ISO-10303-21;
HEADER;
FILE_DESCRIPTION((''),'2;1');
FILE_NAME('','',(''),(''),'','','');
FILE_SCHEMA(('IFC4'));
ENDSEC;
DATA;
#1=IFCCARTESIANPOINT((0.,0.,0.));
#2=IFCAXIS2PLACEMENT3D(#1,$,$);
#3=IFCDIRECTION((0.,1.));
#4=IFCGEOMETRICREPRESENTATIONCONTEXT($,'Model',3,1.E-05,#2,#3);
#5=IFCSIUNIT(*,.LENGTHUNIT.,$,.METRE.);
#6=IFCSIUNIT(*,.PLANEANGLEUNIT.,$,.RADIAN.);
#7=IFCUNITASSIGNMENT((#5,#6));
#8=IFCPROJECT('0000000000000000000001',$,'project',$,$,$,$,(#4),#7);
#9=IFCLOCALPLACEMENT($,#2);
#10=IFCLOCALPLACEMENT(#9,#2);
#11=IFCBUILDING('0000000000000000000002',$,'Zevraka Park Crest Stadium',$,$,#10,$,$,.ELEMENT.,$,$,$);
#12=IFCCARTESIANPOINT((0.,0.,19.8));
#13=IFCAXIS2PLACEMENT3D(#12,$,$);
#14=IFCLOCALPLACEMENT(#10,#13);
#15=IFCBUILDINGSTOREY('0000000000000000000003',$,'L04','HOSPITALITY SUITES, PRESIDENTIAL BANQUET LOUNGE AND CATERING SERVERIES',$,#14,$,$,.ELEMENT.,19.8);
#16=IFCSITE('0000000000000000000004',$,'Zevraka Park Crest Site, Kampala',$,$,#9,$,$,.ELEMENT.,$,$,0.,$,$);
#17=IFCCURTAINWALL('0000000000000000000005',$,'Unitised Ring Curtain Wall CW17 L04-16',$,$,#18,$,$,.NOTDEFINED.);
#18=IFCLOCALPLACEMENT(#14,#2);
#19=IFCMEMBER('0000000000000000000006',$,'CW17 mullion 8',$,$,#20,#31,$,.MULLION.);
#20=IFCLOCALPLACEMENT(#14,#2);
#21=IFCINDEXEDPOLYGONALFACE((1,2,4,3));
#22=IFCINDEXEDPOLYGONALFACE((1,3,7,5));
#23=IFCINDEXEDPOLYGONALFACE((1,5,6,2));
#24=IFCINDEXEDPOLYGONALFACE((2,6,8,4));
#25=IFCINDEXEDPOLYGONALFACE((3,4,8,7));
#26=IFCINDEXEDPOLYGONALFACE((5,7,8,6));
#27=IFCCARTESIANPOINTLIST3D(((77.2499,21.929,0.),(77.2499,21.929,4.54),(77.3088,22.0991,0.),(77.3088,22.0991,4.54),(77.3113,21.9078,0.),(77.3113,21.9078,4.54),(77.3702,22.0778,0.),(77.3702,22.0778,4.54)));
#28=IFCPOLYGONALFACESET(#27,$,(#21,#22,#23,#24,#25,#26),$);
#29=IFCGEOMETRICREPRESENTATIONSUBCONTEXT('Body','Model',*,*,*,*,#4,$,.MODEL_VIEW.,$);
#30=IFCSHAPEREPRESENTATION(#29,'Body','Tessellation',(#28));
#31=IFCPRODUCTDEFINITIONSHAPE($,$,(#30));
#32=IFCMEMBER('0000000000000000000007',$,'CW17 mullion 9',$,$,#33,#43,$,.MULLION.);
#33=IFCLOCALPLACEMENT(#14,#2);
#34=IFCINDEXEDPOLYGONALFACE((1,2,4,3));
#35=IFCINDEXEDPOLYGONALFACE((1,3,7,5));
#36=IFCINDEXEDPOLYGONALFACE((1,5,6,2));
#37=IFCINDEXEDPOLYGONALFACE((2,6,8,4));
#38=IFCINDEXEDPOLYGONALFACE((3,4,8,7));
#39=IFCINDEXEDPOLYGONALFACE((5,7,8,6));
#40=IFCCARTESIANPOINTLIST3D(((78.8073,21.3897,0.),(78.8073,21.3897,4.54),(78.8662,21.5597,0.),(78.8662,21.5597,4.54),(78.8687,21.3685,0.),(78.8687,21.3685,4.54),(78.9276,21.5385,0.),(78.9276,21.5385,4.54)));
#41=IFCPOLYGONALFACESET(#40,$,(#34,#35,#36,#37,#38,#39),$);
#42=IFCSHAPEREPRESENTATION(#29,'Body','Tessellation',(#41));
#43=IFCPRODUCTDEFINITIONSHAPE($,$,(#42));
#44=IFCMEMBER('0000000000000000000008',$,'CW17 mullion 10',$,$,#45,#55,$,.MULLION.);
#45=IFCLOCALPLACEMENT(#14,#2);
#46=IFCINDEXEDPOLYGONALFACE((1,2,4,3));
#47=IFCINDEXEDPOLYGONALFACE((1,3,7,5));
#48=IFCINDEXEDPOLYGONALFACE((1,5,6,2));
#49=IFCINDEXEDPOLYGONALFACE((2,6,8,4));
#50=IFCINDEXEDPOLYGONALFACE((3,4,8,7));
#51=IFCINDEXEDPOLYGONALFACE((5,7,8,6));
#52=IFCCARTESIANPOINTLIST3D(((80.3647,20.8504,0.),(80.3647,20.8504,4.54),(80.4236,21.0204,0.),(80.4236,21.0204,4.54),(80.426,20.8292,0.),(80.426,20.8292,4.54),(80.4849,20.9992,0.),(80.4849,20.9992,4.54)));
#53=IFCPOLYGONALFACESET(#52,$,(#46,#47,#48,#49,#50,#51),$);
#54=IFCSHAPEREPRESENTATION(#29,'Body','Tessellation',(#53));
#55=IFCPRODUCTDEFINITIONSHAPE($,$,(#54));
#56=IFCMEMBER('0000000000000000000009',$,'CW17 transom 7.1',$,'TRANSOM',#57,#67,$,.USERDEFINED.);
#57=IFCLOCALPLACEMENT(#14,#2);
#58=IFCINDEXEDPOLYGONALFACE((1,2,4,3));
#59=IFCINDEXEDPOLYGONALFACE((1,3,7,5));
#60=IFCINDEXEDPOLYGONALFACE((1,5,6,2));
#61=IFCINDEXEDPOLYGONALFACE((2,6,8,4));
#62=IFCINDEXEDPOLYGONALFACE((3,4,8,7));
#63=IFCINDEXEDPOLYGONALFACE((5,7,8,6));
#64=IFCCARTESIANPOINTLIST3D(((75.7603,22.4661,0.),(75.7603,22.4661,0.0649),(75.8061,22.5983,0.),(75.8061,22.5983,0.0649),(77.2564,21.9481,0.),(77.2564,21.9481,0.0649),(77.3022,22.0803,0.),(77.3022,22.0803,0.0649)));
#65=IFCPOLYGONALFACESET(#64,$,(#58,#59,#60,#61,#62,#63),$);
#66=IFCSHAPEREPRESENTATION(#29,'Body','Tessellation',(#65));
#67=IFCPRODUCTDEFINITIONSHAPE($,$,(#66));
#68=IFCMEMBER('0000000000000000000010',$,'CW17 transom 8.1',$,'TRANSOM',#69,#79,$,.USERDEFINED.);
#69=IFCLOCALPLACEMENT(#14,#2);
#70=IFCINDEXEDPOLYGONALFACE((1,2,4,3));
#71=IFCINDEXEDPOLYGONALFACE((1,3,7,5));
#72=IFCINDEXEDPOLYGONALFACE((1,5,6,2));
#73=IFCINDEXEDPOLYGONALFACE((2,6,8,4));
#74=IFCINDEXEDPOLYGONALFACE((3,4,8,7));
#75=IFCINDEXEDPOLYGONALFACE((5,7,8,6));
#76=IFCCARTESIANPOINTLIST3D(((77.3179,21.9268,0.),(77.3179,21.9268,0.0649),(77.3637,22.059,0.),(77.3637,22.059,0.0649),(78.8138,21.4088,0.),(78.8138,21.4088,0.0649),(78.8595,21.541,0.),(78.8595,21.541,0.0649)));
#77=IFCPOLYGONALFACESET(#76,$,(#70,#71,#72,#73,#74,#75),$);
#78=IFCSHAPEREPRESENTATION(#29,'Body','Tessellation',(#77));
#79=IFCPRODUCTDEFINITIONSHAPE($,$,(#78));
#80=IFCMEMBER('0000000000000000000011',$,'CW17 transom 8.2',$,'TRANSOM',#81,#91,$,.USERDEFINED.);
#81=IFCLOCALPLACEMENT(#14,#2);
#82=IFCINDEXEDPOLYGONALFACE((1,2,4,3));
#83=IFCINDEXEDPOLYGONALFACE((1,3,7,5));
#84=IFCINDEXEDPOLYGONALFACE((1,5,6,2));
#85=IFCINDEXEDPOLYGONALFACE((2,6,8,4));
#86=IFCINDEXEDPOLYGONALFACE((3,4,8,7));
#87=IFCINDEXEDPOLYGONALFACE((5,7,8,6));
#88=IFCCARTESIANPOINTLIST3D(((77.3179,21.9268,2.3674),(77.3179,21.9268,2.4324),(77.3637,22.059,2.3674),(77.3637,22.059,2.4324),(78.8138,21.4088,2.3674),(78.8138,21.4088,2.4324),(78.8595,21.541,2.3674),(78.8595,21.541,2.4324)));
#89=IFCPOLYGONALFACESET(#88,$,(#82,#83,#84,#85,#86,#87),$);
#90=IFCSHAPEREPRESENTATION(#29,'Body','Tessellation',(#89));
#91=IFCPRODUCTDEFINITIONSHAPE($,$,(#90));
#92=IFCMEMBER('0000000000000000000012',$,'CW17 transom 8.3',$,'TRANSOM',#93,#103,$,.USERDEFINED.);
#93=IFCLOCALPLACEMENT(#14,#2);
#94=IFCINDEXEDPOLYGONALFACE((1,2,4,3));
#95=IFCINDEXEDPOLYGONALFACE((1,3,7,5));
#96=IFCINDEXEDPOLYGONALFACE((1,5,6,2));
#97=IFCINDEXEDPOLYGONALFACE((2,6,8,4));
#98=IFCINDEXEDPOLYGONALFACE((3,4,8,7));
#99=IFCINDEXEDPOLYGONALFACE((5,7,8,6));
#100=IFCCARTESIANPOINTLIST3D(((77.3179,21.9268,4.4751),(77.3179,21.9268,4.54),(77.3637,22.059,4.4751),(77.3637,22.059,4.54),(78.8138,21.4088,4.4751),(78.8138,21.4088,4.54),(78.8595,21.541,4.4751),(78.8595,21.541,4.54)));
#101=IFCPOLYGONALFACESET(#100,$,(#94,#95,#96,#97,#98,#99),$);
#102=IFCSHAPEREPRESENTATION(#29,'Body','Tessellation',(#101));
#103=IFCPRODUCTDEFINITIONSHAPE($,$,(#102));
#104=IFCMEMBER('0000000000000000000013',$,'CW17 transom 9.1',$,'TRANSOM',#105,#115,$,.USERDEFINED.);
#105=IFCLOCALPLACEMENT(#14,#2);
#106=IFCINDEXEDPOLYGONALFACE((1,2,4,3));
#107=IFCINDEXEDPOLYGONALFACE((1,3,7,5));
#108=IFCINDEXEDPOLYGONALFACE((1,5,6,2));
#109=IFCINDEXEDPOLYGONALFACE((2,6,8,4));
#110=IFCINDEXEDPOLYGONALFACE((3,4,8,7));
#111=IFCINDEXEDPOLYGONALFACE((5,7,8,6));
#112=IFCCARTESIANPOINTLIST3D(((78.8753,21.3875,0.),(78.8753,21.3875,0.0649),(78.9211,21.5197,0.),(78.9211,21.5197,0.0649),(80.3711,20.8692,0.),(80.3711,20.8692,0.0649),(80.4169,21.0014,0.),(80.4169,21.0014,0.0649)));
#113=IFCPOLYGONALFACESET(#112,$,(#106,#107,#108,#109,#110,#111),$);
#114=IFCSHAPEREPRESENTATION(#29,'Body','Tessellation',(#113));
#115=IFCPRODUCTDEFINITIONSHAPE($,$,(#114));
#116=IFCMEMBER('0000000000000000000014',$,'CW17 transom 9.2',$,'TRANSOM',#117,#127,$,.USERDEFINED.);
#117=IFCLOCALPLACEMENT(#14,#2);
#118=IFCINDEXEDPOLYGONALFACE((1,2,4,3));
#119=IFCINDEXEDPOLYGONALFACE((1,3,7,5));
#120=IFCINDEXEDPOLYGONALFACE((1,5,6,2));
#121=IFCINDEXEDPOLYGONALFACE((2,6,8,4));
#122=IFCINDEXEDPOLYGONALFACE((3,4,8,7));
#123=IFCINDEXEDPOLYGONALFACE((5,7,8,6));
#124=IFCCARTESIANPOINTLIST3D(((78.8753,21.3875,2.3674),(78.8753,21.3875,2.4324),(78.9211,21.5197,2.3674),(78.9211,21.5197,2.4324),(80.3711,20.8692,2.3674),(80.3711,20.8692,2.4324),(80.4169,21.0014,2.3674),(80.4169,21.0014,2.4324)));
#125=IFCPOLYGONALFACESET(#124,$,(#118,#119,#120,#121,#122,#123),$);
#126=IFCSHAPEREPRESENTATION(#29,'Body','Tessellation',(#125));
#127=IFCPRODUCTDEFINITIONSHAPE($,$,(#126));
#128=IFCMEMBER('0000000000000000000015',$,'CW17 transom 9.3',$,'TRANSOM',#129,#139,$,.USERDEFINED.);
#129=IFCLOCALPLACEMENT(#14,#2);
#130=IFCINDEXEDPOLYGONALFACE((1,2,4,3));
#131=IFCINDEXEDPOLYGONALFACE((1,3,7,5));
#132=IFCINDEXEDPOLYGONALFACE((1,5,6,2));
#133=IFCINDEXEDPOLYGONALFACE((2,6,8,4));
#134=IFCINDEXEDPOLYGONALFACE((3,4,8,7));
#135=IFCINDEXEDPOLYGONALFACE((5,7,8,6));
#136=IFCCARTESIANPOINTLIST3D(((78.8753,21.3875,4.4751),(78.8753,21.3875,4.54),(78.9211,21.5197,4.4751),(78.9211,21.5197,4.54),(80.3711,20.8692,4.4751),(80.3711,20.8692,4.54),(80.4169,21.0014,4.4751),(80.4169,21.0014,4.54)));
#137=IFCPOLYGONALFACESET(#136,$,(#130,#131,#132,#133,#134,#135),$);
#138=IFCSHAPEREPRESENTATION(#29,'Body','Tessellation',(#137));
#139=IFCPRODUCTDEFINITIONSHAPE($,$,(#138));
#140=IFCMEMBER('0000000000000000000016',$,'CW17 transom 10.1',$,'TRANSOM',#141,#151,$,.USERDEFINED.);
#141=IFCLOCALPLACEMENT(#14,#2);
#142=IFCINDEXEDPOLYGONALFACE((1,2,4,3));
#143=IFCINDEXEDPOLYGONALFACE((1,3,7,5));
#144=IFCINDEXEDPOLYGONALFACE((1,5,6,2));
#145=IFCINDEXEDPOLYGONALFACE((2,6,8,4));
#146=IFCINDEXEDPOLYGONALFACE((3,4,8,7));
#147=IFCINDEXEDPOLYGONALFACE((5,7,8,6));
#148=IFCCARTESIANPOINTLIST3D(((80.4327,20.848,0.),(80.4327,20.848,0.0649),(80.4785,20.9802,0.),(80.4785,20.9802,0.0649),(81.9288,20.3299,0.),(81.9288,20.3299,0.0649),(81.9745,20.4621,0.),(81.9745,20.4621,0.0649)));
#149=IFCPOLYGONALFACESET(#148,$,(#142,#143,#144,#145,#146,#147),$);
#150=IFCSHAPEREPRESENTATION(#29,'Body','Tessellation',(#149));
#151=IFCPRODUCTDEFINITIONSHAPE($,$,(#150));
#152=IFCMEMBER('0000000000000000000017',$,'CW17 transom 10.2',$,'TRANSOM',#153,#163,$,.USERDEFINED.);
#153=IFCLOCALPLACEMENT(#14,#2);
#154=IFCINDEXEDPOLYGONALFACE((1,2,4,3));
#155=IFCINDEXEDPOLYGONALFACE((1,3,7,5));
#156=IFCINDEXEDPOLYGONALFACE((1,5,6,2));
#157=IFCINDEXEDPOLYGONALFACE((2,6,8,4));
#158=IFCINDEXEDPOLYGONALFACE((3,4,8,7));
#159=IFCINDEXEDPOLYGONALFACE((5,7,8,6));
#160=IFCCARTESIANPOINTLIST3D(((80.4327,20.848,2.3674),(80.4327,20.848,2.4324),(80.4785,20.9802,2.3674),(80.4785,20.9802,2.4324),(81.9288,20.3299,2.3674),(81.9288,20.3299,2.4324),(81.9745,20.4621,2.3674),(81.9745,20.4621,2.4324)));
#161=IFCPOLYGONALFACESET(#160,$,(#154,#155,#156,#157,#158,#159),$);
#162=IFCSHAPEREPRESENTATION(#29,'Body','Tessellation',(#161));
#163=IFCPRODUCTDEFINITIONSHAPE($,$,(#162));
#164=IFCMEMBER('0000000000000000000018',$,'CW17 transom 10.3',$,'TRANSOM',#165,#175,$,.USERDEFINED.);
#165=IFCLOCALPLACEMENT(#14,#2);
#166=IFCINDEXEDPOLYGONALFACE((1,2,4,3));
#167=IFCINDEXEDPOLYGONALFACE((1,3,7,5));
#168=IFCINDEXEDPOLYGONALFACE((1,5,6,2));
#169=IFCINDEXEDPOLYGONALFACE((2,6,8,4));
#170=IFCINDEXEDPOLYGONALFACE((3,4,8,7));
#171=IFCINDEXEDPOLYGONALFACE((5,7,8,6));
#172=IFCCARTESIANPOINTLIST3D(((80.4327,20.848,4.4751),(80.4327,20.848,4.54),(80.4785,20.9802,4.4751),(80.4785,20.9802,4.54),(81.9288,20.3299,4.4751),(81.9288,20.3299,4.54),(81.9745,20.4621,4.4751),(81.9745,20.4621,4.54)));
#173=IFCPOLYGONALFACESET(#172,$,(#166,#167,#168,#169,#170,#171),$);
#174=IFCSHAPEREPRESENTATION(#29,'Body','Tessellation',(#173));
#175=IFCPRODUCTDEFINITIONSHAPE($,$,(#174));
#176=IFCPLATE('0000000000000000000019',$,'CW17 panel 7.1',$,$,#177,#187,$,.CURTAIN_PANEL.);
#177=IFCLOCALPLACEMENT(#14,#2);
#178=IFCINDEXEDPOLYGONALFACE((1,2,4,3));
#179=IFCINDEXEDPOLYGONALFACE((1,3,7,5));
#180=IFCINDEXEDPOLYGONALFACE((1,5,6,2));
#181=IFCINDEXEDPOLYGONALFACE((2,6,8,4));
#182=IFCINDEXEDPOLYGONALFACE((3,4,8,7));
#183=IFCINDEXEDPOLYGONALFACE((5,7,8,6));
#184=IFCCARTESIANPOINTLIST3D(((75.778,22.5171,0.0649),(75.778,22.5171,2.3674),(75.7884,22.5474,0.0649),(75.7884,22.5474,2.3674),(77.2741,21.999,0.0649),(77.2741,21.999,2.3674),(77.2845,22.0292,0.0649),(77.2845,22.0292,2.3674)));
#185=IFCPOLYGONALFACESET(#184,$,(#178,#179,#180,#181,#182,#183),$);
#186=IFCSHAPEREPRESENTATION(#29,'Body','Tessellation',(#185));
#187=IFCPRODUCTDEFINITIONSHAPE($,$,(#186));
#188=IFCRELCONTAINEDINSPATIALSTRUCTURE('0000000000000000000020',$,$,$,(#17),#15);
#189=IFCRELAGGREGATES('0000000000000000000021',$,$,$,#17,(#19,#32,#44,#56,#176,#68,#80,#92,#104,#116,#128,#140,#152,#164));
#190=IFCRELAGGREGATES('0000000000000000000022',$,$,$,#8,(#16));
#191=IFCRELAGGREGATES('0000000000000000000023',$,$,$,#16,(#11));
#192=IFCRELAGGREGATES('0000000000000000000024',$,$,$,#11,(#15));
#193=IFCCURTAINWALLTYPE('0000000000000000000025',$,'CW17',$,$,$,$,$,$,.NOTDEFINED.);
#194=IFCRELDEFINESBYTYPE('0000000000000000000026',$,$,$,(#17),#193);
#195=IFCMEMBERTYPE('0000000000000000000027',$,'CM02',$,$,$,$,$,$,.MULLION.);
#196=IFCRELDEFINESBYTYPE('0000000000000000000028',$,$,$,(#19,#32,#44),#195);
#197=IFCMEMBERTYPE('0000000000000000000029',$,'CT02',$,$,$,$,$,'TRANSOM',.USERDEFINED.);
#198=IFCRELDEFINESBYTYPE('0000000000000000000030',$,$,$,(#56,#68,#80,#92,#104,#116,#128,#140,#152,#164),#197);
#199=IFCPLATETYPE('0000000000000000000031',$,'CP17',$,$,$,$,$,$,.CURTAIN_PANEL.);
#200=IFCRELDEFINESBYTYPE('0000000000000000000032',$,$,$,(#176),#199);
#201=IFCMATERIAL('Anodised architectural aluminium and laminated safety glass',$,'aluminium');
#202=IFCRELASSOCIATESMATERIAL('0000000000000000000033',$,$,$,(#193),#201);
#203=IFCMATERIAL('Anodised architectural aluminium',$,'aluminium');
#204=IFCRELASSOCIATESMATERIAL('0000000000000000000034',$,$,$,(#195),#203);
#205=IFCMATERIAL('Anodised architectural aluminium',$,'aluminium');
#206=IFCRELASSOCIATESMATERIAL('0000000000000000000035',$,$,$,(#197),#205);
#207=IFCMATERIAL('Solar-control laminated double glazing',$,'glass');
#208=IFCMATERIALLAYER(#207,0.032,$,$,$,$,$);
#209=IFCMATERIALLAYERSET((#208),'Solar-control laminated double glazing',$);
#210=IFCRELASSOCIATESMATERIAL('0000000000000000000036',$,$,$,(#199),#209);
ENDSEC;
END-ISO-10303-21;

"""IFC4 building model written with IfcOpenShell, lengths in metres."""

from ifc_helpers import new_model, si_unit, direction, frame, origin, origin_2d, place, context, subcontext, project, spatial, rectangle, extrude, material, layer, layer_set, material_profile, profile_set, type_object, element, aggregate, save


model = new_model("IFC4")

# Units and contexts
model_context = context("Model", 3, precision=1e-05, world=origin(), true_north=direction((0.0, 1.0)))
body_context = subcontext(model_context, "Body", "Model", "MODEL_VIEW")
ifc_project = project(units=[si_unit("LENGTHUNIT", "METRE"), si_unit("PLANEANGLEUNIT", "RADIAN")], contexts=[model_context])

# Site, building, storey
site_placement = place(None, origin())
site = spatial("IfcSite", under=ifc_project, at=site_placement, Name="Zevraka Park Crest Site, Kampala", CompositionType="ELEMENT", RefElevation=0.0)
building_placement = place(site_placement, origin())
building = spatial("IfcBuilding", under=site, at=building_placement, Name="Zevraka Park Crest Stadium", CompositionType="ELEMENT")
storey_placement = place(building_placement, frame((0.0, 0.0, 19.8)))
storey = spatial("IfcBuildingStorey", under=building, at=storey_placement, Name="L04", Description="HOSPITALITY SUITES, PRESIDENTIAL BANQUET LOUNGE AND CATERING SERVERIES", CompositionType="ELEMENT", Elevation=19.8)

# Curtain wall, members, plate
ifc_material_1 = material(Name="Anodised architectural aluminium and laminated safety glass", Category="aluminium")
curtain_wall_type = type_object("IfcCurtainWallType", Name="CW17", PredefinedType="NOTDEFINED", material=ifc_material_1)
curtain_wall_placement = place(storey_placement, origin())
curtain_wall = element("IfcCurtainWall", 1, at=curtain_wall_placement, inside=storey, type_object=curtain_wall_type, Name="Unitised Ring Curtain Wall CW17 L04-16", PredefinedType="NOTDEFINED")
ifc_material_2 = material(Name="Anodised architectural aluminium", Category="aluminium")
ifc_material_profile_1 = material_profile(ifc_material_2, rectangle(XDim=0.1799, YDim=0.0649, at=origin_2d()), Name="ALU MULLION 180x65")
ifc_profile_set_1 = profile_set([ifc_material_profile_1], Name="Anodised architectural aluminium")
member_type_1 = type_object("IfcMemberType", Name="CM02", PredefinedType="MULLION", material=ifc_profile_set_1)
member_1_placement = place(storey_placement, frame((77.3101, 22.0034, 0.0), z_axis=(0.0, 0.0, 1.0), x_axis=(0.327245, 0.94494, 0.0)))
member_1 = element("IfcMember", 2, at=member_1_placement, type_object=member_type_1, Name="CW17 mullion 8", PredefinedType="MULLION", context=body_context, shape_type="SweptSolid", body=[
    extrude(rectangle(XDim=0.1799, YDim=0.0649, at=origin_2d()), origin(), (0.0, 0.0, 1.0), 4.54),
])
member_2_placement = place(storey_placement, frame((78.8674, 21.4641, 0.0), z_axis=(0.0, 0.0, 1.0), x_axis=(0.327245, 0.94494, 0.0)))
member_2 = element("IfcMember", 3, at=member_2_placement, type_object=member_type_1, Name="CW17 mullion 9", PredefinedType="MULLION", context=body_context, shape_type="SweptSolid", body=[
    extrude(rectangle(XDim=0.1799, YDim=0.0649, at=origin_2d()), origin(), (0.0, 0.0, 1.0), 4.54),
])
member_3_placement = place(storey_placement, frame((80.4248, 20.9248, 0.0), z_axis=(0.0, 0.0, 1.0), x_axis=(0.327245, 0.94494, 0.0)))
member_3 = element("IfcMember", 4, at=member_3_placement, type_object=member_type_1, Name="CW17 mullion 10", PredefinedType="MULLION", context=body_context, shape_type="SweptSolid", body=[
    extrude(rectangle(XDim=0.1799, YDim=0.0649, at=origin_2d()), origin(), (0.0, 0.0, 1.0), 4.54),
])
ifc_material_3 = material(Name="Anodised architectural aluminium", Category="aluminium")
ifc_material_profile_2 = material_profile(ifc_material_3, rectangle(XDim=0.1399, YDim=0.0649, at=origin_2d()), Name="ALU TRANSOM 140x65")
ifc_profile_set_2 = profile_set([ifc_material_profile_2], Name="Anodised architectural aluminium")
member_type_2 = type_object("IfcMemberType", Name="CT02", ElementType="TRANSOM", PredefinedType="USERDEFINED", material=ifc_profile_set_2)
member_4_placement = place(storey_placement, frame((75.7832, 22.5322, 0.0325), z_axis=(0.944949, -0.327216, 0.0), x_axis=(0.327216, 0.944949, 0.0)))
member_4 = element("IfcMember", 5, at=member_4_placement, type_object=member_type_2, Name="CW17 transom 7.1", ObjectType="TRANSOM", PredefinedType="USERDEFINED", context=body_context, shape_type="SweptSolid", body=[
    extrude(rectangle(XDim=0.1399, YDim=0.0649, at=origin_2d()), origin(), (0.0, 0.0, 1.0), 1.5833),
])
member_5_placement = place(storey_placement, frame((77.3408, 21.9929, 0.0325), z_axis=(0.944933, -0.327264, 0.0), x_axis=(0.327264, 0.944933, 0.0)))
member_5 = element("IfcMember", 6, at=member_5_placement, type_object=member_type_2, Name="CW17 transom 8.1", ObjectType="TRANSOM", PredefinedType="USERDEFINED", context=body_context, shape_type="SweptSolid", body=[
    extrude(rectangle(XDim=0.1399, YDim=0.0649, at=origin_2d()), origin(), (0.0, 0.0, 1.0), 1.583),
])
member_6_placement = place(storey_placement, frame((77.3408, 21.9929, 2.3999), z_axis=(0.944933, -0.327264, 0.0), x_axis=(0.327264, 0.944933, 0.0)))
member_6 = element("IfcMember", 7, at=member_6_placement, type_object=member_type_2, Name="CW17 transom 8.2", ObjectType="TRANSOM", PredefinedType="USERDEFINED", context=body_context, shape_type="SweptSolid", body=[
    extrude(rectangle(XDim=0.1399, YDim=0.0649, at=origin_2d()), origin(), (0.0, 0.0, 1.0), 1.583),
])
member_7_placement = place(storey_placement, frame((77.3408, 21.9929, 4.5076), z_axis=(0.944933, -0.327264, 0.0), x_axis=(0.327264, 0.944933, 0.0)))
member_7 = element("IfcMember", 8, at=member_7_placement, type_object=member_type_2, Name="CW17 transom 8.3", ObjectType="TRANSOM", PredefinedType="USERDEFINED", context=body_context, shape_type="SweptSolid", body=[
    extrude(rectangle(XDim=0.1399, YDim=0.0649, at=origin_2d()), origin(), (0.0, 0.0, 1.0), 1.583),
])
member_8_placement = place(storey_placement, frame((78.8982, 21.4536, 0.0325), z_axis=(0.944885, -0.327402, 0.0), x_axis=(0.327402, 0.944885, 0.0)))
member_8 = element("IfcMember", 9, at=member_8_placement, type_object=member_type_2, Name="CW17 transom 9.1", ObjectType="TRANSOM", PredefinedType="USERDEFINED", context=body_context, shape_type="SweptSolid", body=[
    extrude(rectangle(XDim=0.1399, YDim=0.0649, at=origin_2d()), origin(), (0.0, 0.0, 1.0), 1.583),
])
member_9_placement = place(storey_placement, frame((78.8982, 21.4536, 2.3999), z_axis=(0.944885, -0.327402, 0.0), x_axis=(0.327402, 0.944885, 0.0)))
member_9 = element("IfcMember", 10, at=member_9_placement, type_object=member_type_2, Name="CW17 transom 9.2", ObjectType="TRANSOM", PredefinedType="USERDEFINED", context=body_context, shape_type="SweptSolid", body=[
    extrude(rectangle(XDim=0.1399, YDim=0.0649, at=origin_2d()), origin(), (0.0, 0.0, 1.0), 1.583),
])
member_10_placement = place(storey_placement, frame((78.8982, 21.4536, 4.5076), z_axis=(0.944885, -0.327402, 0.0), x_axis=(0.327402, 0.944885, 0.0)))
member_10 = element("IfcMember", 11, at=member_10_placement, type_object=member_type_2, Name="CW17 transom 9.3", ObjectType="TRANSOM", PredefinedType="USERDEFINED", context=body_context, shape_type="SweptSolid", body=[
    extrude(rectangle(XDim=0.1399, YDim=0.0649, at=origin_2d()), origin(), (0.0, 0.0, 1.0), 1.583),
])
member_11_placement = place(storey_placement, frame((80.4556, 20.9141, 0.0325), z_axis=(0.944949, -0.327216, 0.0), x_axis=(0.327216, 0.944949, 0.0)))
member_11 = element("IfcMember", 12, at=member_11_placement, type_object=member_type_2, Name="CW17 transom 10.1", ObjectType="TRANSOM", PredefinedType="USERDEFINED", context=body_context, shape_type="SweptSolid", body=[
    extrude(rectangle(XDim=0.1399, YDim=0.0649, at=origin_2d()), origin(), (0.0, 0.0, 1.0), 1.5833),
])
member_12_placement = place(storey_placement, frame((80.4556, 20.9141, 2.3999), z_axis=(0.944949, -0.327216, 0.0), x_axis=(0.327216, 0.944949, 0.0)))
member_12 = element("IfcMember", 13, at=member_12_placement, type_object=member_type_2, Name="CW17 transom 10.2", ObjectType="TRANSOM", PredefinedType="USERDEFINED", context=body_context, shape_type="SweptSolid", body=[
    extrude(rectangle(XDim=0.1399, YDim=0.0649, at=origin_2d()), origin(), (0.0, 0.0, 1.0), 1.5833),
])
member_13_placement = place(storey_placement, frame((80.4556, 20.9141, 4.5076), z_axis=(0.944949, -0.327216, 0.0), x_axis=(0.327216, 0.944949, 0.0)))
member_13 = element("IfcMember", 14, at=member_13_placement, type_object=member_type_2, Name="CW17 transom 10.3", ObjectType="TRANSOM", PredefinedType="USERDEFINED", context=body_context, shape_type="SweptSolid", body=[
    extrude(rectangle(XDim=0.1399, YDim=0.0649, at=origin_2d()), origin(), (0.0, 0.0, 1.0), 1.5833),
])
ifc_material_4 = material(Name="Solar-control laminated double glazing", Category="glass")
ifc_layer_1 = layer(ifc_material_4, 0.032)
ifc_layer_set_1 = layer_set([ifc_layer_1], Name="Solar-control laminated double glazing")
plate_type = type_object("IfcPlateType", Name="CP17", PredefinedType="CURTAIN_PANEL", material=ifc_layer_set_1)
plate_1_placement = place(storey_placement, frame((76.5312, 22.2732, 0.0649), z_axis=(0.0, 0.0, 1.0), x_axis=(0.94494, -0.327245, 0.0)))
plate_1 = element("IfcPlate", 15, at=plate_1_placement, type_object=plate_type, Name="CW17 panel 7.1", PredefinedType="CURTAIN_PANEL", context=body_context, shape_type="SweptSolid", body=[
    extrude(rectangle(XDim=1.5833, YDim=0.032, at=origin_2d()), origin(), (0.0, 0.0, 1.0), 2.3025),
])
aggregate(curtain_wall, [member_1, member_2, member_3, member_4, plate_1, member_5, member_6, member_7, member_8, member_9, member_10, member_11, member_12, member_13])

save(model, "model.ifc")
